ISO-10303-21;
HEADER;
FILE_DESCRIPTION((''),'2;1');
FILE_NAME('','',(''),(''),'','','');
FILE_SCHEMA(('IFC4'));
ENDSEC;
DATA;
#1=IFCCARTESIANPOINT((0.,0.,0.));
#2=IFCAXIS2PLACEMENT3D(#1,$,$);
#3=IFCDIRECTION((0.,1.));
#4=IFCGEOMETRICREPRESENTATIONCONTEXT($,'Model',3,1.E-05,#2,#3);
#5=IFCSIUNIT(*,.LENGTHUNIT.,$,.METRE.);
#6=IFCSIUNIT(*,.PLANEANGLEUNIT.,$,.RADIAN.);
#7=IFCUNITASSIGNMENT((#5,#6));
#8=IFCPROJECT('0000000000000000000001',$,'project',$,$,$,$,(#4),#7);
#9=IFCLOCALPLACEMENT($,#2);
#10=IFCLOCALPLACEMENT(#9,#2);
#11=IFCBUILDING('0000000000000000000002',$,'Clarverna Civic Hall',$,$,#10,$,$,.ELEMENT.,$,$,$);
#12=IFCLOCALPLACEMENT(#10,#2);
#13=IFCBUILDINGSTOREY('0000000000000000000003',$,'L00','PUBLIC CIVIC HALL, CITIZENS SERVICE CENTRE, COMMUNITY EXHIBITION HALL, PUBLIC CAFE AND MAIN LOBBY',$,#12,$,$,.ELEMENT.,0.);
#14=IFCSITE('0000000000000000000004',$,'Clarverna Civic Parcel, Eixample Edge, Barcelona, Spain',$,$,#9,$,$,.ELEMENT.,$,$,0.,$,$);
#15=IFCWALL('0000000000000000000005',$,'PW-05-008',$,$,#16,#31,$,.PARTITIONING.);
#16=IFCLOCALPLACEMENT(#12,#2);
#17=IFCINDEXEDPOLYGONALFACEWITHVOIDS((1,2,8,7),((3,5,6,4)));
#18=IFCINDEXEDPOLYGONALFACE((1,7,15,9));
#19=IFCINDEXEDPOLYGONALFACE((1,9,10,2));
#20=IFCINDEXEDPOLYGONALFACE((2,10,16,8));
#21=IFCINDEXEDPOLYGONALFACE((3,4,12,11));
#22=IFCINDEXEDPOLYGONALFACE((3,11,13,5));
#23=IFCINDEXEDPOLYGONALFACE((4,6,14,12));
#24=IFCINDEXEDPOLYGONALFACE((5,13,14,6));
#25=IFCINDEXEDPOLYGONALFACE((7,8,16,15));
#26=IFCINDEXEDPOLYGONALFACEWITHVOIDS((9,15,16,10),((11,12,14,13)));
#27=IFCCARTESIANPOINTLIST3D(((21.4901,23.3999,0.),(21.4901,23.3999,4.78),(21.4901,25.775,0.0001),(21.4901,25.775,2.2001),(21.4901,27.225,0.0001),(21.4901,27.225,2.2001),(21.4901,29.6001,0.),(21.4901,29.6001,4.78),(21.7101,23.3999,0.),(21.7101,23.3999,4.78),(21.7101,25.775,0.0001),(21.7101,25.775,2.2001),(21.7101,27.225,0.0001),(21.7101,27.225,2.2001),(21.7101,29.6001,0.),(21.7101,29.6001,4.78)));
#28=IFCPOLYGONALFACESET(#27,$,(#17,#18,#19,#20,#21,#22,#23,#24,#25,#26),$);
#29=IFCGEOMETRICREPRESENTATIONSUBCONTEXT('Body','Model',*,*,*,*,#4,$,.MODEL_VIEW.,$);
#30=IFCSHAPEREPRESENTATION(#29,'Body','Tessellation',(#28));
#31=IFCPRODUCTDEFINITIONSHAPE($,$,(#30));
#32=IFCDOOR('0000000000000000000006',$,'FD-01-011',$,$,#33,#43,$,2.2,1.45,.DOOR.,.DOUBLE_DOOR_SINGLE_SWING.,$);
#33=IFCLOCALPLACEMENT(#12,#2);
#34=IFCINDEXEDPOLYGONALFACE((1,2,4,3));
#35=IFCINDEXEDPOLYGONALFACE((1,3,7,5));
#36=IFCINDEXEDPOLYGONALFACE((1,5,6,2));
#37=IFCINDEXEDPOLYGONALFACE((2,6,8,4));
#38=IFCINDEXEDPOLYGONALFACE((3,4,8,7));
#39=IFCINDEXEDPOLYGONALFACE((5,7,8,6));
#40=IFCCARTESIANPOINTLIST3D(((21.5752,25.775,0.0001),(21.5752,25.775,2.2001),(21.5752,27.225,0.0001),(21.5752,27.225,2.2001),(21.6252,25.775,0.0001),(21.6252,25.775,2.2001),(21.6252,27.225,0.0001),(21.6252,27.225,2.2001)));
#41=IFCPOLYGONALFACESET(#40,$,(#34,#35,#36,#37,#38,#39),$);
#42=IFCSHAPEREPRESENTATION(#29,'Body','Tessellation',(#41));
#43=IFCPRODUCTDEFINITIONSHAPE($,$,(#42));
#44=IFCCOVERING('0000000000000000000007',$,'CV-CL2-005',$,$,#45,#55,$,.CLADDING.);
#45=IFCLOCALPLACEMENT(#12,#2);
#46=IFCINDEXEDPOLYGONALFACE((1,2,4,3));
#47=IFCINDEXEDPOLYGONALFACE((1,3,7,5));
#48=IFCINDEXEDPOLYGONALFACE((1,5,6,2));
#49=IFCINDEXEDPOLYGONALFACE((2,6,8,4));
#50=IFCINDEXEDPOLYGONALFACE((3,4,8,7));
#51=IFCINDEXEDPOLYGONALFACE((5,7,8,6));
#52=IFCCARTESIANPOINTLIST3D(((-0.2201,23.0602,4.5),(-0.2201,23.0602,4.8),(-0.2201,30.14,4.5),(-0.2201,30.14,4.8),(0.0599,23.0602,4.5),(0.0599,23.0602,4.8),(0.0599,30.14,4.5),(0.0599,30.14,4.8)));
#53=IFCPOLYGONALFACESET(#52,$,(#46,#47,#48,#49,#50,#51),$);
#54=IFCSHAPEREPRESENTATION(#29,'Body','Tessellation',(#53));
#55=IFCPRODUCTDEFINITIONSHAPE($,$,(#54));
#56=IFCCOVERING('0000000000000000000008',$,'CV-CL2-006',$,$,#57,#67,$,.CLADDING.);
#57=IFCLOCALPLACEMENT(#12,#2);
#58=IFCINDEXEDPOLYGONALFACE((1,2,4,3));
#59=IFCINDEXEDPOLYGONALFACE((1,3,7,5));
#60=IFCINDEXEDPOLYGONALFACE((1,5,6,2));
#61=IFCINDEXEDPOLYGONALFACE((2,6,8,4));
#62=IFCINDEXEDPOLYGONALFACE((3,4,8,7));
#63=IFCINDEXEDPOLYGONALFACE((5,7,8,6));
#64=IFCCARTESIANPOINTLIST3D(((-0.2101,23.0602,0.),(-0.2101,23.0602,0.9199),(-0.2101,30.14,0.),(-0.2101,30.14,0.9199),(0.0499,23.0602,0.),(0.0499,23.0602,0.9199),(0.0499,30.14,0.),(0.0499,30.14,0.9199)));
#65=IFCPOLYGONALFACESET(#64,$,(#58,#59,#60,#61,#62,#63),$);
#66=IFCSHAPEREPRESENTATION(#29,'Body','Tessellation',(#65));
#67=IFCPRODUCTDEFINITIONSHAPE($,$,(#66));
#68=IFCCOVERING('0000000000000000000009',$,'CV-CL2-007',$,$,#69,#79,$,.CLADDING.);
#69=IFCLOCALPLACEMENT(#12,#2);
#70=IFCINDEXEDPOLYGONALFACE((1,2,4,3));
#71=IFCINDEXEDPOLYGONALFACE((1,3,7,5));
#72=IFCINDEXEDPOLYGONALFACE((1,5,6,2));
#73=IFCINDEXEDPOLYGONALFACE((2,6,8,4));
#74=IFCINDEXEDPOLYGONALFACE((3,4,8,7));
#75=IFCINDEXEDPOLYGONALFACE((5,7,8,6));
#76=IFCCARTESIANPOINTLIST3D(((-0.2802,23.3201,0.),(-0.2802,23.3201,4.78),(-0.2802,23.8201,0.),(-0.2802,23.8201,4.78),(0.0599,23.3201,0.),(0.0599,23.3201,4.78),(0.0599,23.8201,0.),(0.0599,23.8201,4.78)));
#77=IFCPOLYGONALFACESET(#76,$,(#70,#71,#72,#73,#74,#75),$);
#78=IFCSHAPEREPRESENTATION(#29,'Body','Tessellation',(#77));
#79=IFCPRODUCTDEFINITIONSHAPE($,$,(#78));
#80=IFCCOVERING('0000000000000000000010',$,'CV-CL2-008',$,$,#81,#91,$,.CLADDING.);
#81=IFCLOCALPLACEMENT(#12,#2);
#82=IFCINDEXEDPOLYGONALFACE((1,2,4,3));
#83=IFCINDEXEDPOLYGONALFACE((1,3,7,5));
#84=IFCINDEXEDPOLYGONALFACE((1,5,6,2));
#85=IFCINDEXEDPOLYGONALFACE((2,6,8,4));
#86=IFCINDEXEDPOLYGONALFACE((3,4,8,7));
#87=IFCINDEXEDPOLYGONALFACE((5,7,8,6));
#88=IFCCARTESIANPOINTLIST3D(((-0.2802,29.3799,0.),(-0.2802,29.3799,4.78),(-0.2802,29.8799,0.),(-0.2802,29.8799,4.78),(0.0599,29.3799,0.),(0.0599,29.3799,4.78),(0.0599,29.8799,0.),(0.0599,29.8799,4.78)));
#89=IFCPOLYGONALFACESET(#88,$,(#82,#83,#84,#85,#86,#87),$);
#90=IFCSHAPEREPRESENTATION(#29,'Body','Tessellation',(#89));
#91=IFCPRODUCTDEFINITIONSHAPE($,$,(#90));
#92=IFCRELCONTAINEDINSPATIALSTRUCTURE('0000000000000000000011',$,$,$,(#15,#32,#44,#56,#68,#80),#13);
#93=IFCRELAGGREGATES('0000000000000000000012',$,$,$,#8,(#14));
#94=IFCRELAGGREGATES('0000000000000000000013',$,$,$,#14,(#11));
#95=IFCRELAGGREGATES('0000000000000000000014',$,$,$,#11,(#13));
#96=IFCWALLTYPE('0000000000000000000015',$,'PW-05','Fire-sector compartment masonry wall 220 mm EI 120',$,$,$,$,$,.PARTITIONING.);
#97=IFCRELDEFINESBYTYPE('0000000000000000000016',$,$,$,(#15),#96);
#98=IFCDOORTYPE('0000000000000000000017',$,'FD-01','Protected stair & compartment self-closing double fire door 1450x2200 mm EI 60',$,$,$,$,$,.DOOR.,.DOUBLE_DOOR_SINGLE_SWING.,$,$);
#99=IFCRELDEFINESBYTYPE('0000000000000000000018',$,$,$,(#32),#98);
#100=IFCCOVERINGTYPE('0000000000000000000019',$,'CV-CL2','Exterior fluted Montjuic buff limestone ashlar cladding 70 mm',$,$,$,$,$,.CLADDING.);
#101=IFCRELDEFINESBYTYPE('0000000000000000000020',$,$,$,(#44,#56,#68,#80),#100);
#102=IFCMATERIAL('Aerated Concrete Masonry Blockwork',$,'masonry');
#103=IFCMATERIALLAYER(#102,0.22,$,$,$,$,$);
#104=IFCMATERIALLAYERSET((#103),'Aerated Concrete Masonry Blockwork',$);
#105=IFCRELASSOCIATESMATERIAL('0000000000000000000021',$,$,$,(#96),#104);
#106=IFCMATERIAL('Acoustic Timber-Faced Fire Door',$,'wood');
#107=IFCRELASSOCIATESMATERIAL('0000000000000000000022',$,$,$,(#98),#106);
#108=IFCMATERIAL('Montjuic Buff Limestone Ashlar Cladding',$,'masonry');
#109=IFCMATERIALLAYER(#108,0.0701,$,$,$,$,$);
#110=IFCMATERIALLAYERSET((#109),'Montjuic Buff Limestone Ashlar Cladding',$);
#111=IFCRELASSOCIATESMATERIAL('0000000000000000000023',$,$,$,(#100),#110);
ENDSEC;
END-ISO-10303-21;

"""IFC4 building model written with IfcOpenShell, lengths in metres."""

from ifc_helpers import new_model, si_unit, direction, frame, frame_2d, origin, place, context, subcontext, project, spatial, rectangle, extrude, material, layer, layer_set, type_object, element, fill, save


model = new_model("IFC4")

# Units and contexts
model_context = context("Model", 3, precision=1e-05, world=origin(), true_north=direction((0.0, 1.0)))
body_context = subcontext(model_context, "Body", "Model", "MODEL_VIEW")
ifc_project = project(units=[si_unit("LENGTHUNIT", "METRE"), si_unit("PLANEANGLEUNIT", "RADIAN")], contexts=[model_context])

# Site, building, storey
site_placement = place(None, origin())
site = spatial("IfcSite", under=ifc_project, at=site_placement, Name="Clarverna Civic Parcel, Eixample Edge, Barcelona, Spain", CompositionType="ELEMENT", RefElevation=0.0)
building_placement = place(site_placement, origin())
building = spatial("IfcBuilding", under=site, at=building_placement, Name="Clarverna Civic Hall", CompositionType="ELEMENT")
storey_placement = place(building_placement, origin())
storey = spatial("IfcBuildingStorey", under=building, at=storey_placement, Name="L00", Description="PUBLIC CIVIC HALL, CITIZENS SERVICE CENTRE, COMMUNITY EXHIBITION HALL, PUBLIC CAFE AND MAIN LOBBY", CompositionType="ELEMENT", Elevation=0.0)

# Wall, opening, door
ifc_material_1 = material(Name="Aerated Concrete Masonry Blockwork", Category="masonry")
ifc_layer_1 = layer(ifc_material_1, 0.22)
ifc_layer_set_1 = layer_set([ifc_layer_1], Name="Aerated Concrete Masonry Blockwork")
wall_type_1 = type_object("IfcWallType", Name="PW-05", Description="Fire-sector compartment masonry wall 220 mm EI 120", PredefinedType="PARTITIONING", material=ifc_layer_set_1)
wall_1_placement = place(storey_placement, frame((21.6001, 23.3999, 0.0), z_axis=(0.0, 0.0, 1.0), x_axis=(0.0, 1.0, 0.0)))
wall_1 = element("IfcWall", 1, at=wall_1_placement, inside=storey, type_object=wall_type_1, Name="PW-05-008", PredefinedType="PARTITIONING", context=body_context, shape_type="SweptSolid", body=[
    extrude(rectangle(XDim=6.2002, YDim=0.22, at=frame_2d((3.1001, 0.0))), origin(), (0.0, 0.0, 1.0), 4.78),
])
opening_1_placement = place(wall_1_placement, frame((2.375, 0.0, 0.0)))
opening_1 = element("IfcOpeningElement", 2, at=opening_1_placement, cuts=wall_1, PredefinedType="OPENING", context=body_context, shape_type="SweptSolid", body=[
    extrude(rectangle(XDim=1.45, YDim=2.2, at=frame_2d((0.7251, 1.1001))), frame((0.0, 0.1199, 0.0), z_axis=(0.0, -1.0, 0.0), x_axis=(1.0, 0.0, 0.0)), (0.0, 0.0, 1.0), 0.24),
])
ifc_material_2 = material(Name="Acoustic Timber-Faced Fire Door", Category="wood")
door_type_1 = type_object("IfcDoorType", Name="FD-01", Description="Protected stair & compartment self-closing double fire door 1450x2200 mm EI 60", OperationType="DOUBLE_DOOR_SINGLE_SWING", PredefinedType="DOOR", material=ifc_material_2)
door_1_placement = place(opening_1_placement, origin())
door_1 = element("IfcDoor", 3, at=door_1_placement, inside=storey, type_object=door_type_1, Name="FD-01-011", OperationType="DOUBLE_DOOR_SINGLE_SWING", OverallHeight=2.2, OverallWidth=1.45, PredefinedType="DOOR", context=body_context, shape_type="SweptSolid", body=[
    extrude(rectangle(XDim=1.45, YDim=2.2, at=frame_2d((0.7251, 1.1001))), frame((0.0, 0.0249, 0.0), z_axis=(0.0, -1.0, 0.0), x_axis=(1.0, 0.0, 0.0)), (0.0, 0.0, 1.0), 0.05),
])
fill(opening_1, door_1)

# Coverings
ifc_material_3 = material(Name="Montjuic Buff Limestone Ashlar Cladding", Category="masonry")
ifc_layer_2 = layer(ifc_material_3, 0.0701)
ifc_layer_set_2 = layer_set([ifc_layer_2], Name="Montjuic Buff Limestone Ashlar Cladding")
covering_type = type_object("IfcCoveringType", Name="CV-CL2", Description="Exterior fluted Montjuic buff limestone ashlar cladding 70 mm", PredefinedType="CLADDING", material=ifc_layer_set_2)
covering_1_placement = place(storey_placement, frame((-0.0801, 23.0601, 4.5), z_axis=(0.0, 0.0, 1.0), x_axis=(0.0, 1.0, 0.0)))
element("IfcCovering", 4, at=covering_1_placement, inside=storey, type_object=covering_type, Name="CV-CL2-005", PredefinedType="CLADDING", context=body_context, shape_type="SweptSolid", body=[
    extrude(rectangle(XDim=7.0798, YDim=0.28, at=frame_2d((3.54, 0.0))), origin(), (0.0, 0.0, 1.0), 0.3),
])
covering_2_placement = place(storey_placement, frame((-0.0801, 23.0601, 0.0), z_axis=(0.0, 0.0, 1.0), x_axis=(0.0, 1.0, 0.0)))
element("IfcCovering", 5, at=covering_2_placement, inside=storey, type_object=covering_type, Name="CV-CL2-006", PredefinedType="CLADDING", context=body_context, shape_type="SweptSolid", body=[
    extrude(rectangle(XDim=7.0798, YDim=0.26, at=frame_2d((3.54, 0.0))), origin(), (0.0, 0.0, 1.0), 0.9199),
])
for number, where, z_axis, x_axis, name in (
    (6, (-0.1101, 23.3201, 0.0), (0.0, 0.0, 1.0), (0.0, 1.0, 0.0), "CV-CL2-007"),
    (7, (-0.1101, 29.3799, 0.0), (0.0, 0.0, 1.0), (0.0, 1.0, 0.0), "CV-CL2-008"),
):
    element("IfcCovering", number, at=place(storey_placement, frame(where, z_axis=z_axis, x_axis=x_axis)), inside=storey, type_object=covering_type, Name=name, PredefinedType="CLADDING", context=body_context, shape_type="SweptSolid", body=[
        extrude(rectangle(XDim=0.5, YDim=0.3401, at=frame_2d((0.25, 0.0))), origin(), (0.0, 0.0, 1.0), 4.78),
    ])

save(model, "model.ifc")
